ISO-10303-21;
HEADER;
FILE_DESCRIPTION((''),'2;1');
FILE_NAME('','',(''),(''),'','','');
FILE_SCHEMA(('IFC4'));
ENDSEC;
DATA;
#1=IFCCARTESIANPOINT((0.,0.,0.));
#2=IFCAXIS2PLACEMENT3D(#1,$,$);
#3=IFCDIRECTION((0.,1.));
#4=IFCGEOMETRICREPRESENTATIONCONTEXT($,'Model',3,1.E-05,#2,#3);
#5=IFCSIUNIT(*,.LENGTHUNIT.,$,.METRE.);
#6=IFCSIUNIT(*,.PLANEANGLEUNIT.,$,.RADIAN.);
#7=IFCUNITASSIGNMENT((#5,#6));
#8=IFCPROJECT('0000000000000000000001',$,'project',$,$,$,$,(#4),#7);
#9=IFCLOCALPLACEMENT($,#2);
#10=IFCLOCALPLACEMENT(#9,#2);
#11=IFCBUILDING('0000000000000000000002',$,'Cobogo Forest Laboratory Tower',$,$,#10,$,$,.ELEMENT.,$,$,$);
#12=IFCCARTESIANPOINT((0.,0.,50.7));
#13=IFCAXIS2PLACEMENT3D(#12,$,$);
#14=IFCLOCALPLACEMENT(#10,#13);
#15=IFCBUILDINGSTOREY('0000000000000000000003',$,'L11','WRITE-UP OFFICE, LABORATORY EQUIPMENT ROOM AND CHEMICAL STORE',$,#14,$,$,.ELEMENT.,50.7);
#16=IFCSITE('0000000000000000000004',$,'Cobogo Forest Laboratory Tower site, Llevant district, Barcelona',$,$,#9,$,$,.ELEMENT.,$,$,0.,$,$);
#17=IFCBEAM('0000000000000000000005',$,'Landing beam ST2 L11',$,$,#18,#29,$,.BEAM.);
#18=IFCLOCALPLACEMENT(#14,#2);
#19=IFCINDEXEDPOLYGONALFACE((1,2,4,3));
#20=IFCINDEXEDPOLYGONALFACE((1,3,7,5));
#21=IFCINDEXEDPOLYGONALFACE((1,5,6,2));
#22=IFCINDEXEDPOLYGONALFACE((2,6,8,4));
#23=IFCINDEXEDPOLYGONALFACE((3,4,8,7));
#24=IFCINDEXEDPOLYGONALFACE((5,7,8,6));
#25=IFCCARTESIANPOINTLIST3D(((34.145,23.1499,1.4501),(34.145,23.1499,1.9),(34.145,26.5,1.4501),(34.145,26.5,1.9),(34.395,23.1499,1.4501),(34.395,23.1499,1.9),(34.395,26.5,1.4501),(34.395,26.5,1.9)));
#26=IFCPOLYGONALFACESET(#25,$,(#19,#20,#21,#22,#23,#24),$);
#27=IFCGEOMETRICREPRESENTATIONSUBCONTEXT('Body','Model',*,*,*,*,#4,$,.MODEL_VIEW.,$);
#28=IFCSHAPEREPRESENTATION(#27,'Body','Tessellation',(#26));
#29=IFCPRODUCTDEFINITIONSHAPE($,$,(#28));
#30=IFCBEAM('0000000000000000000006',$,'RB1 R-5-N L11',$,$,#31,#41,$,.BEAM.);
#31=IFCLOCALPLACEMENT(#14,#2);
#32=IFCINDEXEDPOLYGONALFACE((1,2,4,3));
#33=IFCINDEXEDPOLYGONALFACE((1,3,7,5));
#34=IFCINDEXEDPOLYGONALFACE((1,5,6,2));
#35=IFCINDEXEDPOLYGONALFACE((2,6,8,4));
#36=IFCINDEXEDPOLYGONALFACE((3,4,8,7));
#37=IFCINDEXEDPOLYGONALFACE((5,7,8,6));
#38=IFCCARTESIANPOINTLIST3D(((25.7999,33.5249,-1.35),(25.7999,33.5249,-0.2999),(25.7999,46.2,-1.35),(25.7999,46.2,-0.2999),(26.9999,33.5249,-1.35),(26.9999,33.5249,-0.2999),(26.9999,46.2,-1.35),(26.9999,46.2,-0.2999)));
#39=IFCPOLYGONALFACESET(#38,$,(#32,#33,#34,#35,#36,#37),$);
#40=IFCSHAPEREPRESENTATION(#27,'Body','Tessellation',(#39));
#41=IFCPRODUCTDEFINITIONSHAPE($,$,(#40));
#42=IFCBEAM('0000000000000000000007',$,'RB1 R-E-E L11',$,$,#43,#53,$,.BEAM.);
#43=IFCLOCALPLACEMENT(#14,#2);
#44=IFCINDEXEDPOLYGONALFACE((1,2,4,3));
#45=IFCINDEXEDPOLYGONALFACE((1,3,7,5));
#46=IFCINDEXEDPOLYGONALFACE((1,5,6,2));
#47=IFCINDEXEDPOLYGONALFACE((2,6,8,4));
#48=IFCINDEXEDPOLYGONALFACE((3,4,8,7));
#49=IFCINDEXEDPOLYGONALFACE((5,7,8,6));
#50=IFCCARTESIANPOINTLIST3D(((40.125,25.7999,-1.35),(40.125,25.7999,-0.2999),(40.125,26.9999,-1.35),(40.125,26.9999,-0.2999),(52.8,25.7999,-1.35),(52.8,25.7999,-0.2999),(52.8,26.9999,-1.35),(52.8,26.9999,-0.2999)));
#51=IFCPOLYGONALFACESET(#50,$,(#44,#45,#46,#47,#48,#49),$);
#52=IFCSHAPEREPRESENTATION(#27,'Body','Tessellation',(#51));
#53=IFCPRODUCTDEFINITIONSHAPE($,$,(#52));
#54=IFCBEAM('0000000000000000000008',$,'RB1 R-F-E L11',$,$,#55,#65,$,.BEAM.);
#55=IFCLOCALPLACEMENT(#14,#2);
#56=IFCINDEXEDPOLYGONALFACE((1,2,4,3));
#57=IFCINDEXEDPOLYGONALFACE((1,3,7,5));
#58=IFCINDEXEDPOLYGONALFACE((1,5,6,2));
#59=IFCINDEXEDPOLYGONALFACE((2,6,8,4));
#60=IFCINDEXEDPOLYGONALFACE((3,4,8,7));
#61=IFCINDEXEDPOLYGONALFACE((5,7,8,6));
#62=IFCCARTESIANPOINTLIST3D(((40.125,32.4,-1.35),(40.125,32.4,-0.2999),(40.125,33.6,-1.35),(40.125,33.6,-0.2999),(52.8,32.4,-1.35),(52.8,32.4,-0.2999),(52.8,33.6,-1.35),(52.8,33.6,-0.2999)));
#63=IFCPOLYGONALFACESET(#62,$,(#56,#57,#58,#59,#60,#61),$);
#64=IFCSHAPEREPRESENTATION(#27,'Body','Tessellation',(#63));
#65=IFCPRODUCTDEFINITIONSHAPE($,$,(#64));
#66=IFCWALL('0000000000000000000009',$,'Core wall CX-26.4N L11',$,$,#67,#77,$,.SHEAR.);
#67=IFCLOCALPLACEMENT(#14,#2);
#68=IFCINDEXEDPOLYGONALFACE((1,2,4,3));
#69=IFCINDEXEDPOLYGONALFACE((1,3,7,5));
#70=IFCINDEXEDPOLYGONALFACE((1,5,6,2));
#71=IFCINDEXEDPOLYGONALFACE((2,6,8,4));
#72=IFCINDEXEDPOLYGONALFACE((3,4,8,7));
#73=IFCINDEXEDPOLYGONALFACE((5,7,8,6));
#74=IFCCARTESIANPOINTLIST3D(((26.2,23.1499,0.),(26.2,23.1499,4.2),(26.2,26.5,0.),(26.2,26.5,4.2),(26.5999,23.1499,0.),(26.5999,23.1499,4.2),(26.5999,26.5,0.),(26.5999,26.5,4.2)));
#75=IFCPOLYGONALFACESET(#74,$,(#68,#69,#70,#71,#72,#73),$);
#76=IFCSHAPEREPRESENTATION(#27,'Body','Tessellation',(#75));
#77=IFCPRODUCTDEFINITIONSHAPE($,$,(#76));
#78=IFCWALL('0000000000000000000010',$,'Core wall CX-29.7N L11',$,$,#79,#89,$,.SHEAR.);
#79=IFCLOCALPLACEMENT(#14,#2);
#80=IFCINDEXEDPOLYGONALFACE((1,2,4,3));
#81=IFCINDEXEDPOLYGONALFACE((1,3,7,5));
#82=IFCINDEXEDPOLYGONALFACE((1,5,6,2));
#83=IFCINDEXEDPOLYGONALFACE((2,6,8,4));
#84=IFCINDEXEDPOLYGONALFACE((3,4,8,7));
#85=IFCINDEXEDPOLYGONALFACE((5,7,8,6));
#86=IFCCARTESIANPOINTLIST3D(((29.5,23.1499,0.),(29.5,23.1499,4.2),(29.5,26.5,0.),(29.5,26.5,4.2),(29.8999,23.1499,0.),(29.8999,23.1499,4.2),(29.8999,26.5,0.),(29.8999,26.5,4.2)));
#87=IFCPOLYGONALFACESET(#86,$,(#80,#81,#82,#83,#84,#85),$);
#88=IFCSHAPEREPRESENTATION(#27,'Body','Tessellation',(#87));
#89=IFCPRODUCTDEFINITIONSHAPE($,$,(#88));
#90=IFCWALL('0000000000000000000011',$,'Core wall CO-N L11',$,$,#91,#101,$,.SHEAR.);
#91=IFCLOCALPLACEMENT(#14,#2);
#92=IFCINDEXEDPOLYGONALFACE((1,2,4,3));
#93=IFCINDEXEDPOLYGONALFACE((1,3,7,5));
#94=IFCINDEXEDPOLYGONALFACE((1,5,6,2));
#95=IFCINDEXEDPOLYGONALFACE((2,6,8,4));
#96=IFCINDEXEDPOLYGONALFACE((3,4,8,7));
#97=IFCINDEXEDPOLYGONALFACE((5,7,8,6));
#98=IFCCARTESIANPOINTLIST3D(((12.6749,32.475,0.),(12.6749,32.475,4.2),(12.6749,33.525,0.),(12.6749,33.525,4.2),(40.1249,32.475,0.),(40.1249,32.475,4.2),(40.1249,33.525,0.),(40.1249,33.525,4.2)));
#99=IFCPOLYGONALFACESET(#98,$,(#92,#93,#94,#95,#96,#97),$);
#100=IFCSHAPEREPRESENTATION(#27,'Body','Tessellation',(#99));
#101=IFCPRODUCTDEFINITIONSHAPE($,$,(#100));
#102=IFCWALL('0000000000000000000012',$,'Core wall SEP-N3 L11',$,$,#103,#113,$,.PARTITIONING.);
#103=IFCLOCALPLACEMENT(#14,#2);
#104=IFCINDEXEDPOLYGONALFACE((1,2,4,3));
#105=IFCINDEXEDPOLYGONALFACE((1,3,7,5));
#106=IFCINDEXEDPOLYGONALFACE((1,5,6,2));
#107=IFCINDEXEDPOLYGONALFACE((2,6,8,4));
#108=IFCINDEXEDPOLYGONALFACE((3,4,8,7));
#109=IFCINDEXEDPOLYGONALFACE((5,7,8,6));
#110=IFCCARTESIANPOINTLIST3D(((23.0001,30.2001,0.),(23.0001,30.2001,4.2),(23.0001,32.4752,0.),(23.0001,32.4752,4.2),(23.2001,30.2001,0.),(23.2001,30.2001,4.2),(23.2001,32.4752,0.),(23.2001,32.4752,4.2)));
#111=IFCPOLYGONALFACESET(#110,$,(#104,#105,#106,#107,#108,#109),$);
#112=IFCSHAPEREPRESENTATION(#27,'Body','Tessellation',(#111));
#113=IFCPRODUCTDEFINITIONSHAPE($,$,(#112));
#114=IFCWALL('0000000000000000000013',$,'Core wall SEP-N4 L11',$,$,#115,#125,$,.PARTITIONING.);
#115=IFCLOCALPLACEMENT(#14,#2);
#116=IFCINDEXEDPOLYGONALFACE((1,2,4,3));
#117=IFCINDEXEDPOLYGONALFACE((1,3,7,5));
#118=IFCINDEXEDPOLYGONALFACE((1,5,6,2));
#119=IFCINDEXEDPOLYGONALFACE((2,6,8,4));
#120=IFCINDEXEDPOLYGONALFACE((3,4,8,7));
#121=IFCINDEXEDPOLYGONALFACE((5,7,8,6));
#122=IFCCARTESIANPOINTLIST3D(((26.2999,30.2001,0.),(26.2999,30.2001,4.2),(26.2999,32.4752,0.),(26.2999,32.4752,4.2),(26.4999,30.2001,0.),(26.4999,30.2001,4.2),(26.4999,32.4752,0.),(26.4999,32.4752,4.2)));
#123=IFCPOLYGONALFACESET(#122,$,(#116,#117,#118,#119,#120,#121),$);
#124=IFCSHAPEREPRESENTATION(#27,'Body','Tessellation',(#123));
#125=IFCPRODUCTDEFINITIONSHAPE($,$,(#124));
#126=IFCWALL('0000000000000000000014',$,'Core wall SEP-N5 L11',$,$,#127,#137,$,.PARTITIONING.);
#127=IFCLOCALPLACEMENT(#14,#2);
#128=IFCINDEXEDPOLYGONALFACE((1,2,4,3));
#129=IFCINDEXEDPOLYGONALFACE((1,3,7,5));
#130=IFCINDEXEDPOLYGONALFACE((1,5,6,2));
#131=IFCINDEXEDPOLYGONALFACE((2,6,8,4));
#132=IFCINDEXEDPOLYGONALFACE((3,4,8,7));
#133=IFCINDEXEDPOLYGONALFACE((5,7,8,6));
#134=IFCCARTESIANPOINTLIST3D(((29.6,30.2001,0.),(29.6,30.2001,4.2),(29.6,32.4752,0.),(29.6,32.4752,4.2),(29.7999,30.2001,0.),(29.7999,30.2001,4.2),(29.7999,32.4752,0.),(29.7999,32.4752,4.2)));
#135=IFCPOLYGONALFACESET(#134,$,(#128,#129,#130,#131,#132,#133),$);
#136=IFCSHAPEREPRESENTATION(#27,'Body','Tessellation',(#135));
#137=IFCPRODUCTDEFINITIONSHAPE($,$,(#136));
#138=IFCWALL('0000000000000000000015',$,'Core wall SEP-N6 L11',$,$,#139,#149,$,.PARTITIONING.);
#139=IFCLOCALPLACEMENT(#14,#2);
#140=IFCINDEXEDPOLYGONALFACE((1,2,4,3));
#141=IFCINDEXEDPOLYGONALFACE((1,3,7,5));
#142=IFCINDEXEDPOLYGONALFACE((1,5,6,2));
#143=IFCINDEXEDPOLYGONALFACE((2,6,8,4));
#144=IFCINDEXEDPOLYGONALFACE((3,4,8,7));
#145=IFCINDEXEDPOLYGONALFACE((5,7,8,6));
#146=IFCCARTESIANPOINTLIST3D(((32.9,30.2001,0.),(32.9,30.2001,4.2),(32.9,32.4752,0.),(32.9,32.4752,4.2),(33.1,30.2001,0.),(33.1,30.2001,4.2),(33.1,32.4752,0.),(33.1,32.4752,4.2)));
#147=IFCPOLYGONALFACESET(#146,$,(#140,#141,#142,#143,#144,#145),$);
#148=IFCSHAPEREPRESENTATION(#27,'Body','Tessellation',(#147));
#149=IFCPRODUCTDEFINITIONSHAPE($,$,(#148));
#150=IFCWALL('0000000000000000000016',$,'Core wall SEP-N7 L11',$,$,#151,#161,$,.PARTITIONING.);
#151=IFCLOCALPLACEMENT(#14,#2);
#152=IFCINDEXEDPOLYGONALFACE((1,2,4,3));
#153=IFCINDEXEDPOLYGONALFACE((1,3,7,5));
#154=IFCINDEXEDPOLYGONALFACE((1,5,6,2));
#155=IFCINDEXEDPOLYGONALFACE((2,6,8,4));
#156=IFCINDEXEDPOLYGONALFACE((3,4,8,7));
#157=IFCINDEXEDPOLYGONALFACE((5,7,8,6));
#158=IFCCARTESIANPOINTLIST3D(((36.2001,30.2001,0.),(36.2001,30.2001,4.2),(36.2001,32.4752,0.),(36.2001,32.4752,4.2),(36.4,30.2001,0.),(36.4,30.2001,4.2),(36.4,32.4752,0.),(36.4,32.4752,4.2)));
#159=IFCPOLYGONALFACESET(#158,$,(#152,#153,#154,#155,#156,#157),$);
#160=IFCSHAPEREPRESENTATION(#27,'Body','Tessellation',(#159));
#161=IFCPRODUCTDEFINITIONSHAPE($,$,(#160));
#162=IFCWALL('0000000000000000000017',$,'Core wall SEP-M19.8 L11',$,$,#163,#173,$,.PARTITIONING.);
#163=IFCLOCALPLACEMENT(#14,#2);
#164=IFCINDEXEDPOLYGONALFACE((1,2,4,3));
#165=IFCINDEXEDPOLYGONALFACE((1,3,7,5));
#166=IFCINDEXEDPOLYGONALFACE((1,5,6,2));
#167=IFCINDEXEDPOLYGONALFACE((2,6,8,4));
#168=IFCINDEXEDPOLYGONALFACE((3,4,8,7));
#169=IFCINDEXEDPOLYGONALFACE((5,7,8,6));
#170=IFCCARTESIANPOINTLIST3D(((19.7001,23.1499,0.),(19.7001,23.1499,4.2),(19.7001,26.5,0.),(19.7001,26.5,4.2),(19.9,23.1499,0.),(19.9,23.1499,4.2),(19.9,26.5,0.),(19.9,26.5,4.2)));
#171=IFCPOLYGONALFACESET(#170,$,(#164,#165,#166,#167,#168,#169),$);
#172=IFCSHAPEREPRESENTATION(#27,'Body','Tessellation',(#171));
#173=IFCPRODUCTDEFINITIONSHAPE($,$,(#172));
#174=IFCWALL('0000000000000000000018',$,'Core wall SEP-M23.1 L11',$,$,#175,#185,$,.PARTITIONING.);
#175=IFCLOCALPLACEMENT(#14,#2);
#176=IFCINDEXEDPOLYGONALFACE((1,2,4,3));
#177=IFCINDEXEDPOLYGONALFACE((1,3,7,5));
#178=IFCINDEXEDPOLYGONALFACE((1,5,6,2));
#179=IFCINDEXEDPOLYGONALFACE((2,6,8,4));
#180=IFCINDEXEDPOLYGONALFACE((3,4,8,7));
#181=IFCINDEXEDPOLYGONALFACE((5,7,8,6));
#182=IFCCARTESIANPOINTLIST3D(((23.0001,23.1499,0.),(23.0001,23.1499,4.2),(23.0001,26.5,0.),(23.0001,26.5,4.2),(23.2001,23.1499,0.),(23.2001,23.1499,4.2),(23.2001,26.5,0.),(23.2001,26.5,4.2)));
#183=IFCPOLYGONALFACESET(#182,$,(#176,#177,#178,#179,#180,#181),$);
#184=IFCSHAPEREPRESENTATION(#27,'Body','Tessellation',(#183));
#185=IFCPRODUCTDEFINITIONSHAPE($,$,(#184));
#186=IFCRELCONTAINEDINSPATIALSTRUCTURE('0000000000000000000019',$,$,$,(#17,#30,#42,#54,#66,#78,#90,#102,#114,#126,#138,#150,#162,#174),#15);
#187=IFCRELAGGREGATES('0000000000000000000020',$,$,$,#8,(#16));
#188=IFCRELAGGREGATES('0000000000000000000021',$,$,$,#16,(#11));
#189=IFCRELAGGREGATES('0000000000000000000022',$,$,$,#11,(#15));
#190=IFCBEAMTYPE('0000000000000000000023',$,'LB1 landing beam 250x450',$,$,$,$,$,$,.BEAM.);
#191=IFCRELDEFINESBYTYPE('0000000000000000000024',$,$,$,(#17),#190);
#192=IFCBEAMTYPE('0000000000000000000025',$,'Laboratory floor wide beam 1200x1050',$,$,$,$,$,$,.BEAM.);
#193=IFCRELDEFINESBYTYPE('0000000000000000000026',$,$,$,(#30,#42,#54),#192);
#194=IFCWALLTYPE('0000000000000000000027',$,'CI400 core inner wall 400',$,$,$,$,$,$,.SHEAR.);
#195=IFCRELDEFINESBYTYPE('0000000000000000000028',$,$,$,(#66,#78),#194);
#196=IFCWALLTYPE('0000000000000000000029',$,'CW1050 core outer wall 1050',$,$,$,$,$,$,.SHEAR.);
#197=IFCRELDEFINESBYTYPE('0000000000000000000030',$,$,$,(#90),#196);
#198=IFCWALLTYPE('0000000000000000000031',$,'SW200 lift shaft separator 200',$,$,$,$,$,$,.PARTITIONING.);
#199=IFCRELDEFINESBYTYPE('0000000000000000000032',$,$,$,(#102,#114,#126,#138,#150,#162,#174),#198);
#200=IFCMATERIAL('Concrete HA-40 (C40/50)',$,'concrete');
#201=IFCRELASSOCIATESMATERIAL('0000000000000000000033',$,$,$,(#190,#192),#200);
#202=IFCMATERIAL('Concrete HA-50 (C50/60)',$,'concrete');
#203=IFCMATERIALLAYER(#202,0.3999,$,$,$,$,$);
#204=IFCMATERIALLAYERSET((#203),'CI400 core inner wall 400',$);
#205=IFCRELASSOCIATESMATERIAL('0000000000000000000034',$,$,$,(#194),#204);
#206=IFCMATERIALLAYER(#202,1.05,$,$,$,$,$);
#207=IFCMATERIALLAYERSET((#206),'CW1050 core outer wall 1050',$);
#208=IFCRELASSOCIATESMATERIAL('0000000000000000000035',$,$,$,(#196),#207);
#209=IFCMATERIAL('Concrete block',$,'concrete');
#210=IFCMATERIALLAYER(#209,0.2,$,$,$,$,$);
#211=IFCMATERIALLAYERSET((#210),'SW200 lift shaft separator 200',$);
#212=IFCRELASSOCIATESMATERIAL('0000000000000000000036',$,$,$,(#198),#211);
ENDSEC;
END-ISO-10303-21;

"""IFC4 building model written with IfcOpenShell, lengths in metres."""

from ifc_helpers import new_model, si_unit, direction, frame, frame_2d, origin, origin_2d, place, context, subcontext, project, spatial, rectangle, extrude, material, layer, layer_set, material_profile, profile_set, type_object, element, save


model = new_model("IFC4")

# Units and contexts
model_context = context("Model", 3, precision=1e-05, world=origin(), true_north=direction((0.0, 1.0)))
body_context = subcontext(model_context, "Body", "Model", "MODEL_VIEW")
ifc_project = project(units=[si_unit("LENGTHUNIT", "METRE"), si_unit("PLANEANGLEUNIT", "RADIAN")], contexts=[model_context])

# Site, building, storey
site_placement = place(None, origin())
site = spatial("IfcSite", under=ifc_project, at=site_placement, Name="Cobogo Forest Laboratory Tower site, Llevant district, Barcelona", CompositionType="ELEMENT", RefElevation=0.0)
building_placement = place(site_placement, origin())
building = spatial("IfcBuilding", under=site, at=building_placement, Name="Cobogo Forest Laboratory Tower", CompositionType="ELEMENT")
storey_placement = place(building_placement, frame((0.0, 0.0, 50.7)))
storey = spatial("IfcBuildingStorey", under=building, at=storey_placement, Name="L11", Description="WRITE-UP OFFICE, LABORATORY EQUIPMENT ROOM AND CHEMICAL STORE", CompositionType="ELEMENT", Elevation=50.7)

# Beams
ifc_material_1 = material(Name="Concrete HA-40 (C40/50)", Category="concrete")
ifc_material_profile_1 = material_profile(ifc_material_1, rectangle(XDim=0.25, YDim=0.45, at=origin_2d()), Name="RC 250x450")
ifc_profile_set_1 = profile_set([ifc_material_profile_1], Name="Concrete HA-40 (C40/50)")
beam_type_1 = type_object("IfcBeamType", Name="LB1 landing beam 250x450", PredefinedType="BEAM", material=ifc_profile_set_1)
beam_placement = place(storey_placement, frame((34.27, 23.1499, 1.675), z_axis=(0.0, 1.0, 0.0), x_axis=(-1.0, 0.0, 0.0)))
element("IfcBeam", 1, at=beam_placement, inside=storey, type_object=beam_type_1, Name="Landing beam ST2 L11", PredefinedType="BEAM", context=body_context, shape_type="SweptSolid", body=[
    extrude(rectangle(XDim=0.25, YDim=0.45, at=origin_2d()), origin(), (0.0, 0.0, 1.0), 3.3501),
])
ifc_material_profile_2 = material_profile(ifc_material_1, rectangle(XDim=1.2, YDim=1.05, at=origin_2d()), Name="RC 1200x1050")
ifc_profile_set_2 = profile_set([ifc_material_profile_2], Name="Concrete HA-40 (C40/50)")
beam_type_2 = type_object("IfcBeamType", Name="Laboratory floor wide beam 1200x1050", PredefinedType="BEAM", material=ifc_profile_set_2)
for number, where, z_axis, x_axis, name in (
    (2, (26.3999, 33.5249, -0.825), (0.0, 1.0, 0.0), (-1.0, 0.0, 0.0), "RB1 R-5-N L11"),
    (3, (40.125, 26.3999, -0.825), (1.0, 0.0, 0.0), (0.0, 1.0, 0.0), "RB1 R-E-E L11"),
    (4, (40.125, 33.0, -0.825), (1.0, 0.0, 0.0), (0.0, 1.0, 0.0), "RB1 R-F-E L11"),
):
    element("IfcBeam", number, at=place(storey_placement, frame(where, z_axis=z_axis, x_axis=x_axis)), inside=storey, type_object=beam_type_2, Name=name, PredefinedType="BEAM", context=body_context, shape_type="SweptSolid", body=[
        extrude(rectangle(XDim=1.2, YDim=1.05, at=origin_2d()), origin(), (0.0, 0.0, 1.0), 12.675),
    ])

# Walls
ifc_material_2 = material(Name="Concrete HA-50 (C50/60)", Category="concrete")
ifc_layer_1 = layer(ifc_material_2, 0.3999)
ifc_layer_set_1 = layer_set([ifc_layer_1], Name="CI400 core inner wall 400")
wall_type_1 = type_object("IfcWallType", Name="CI400 core inner wall 400", PredefinedType="SHEAR", material=ifc_layer_set_1)
for number, where, z_axis, x_axis, name in (
    (5, (26.3999, 23.1499, 0.0), (0.0, 0.0, 1.0), (0.0, 1.0, 0.0), "Core wall CX-26.4N L11"),
    (6, (29.7, 23.1499, 0.0), (0.0, 0.0, 1.0), (0.0, 1.0, 0.0), "Core wall CX-29.7N L11"),
):
    element("IfcWall", number, at=place(storey_placement, frame(where, z_axis=z_axis, x_axis=x_axis)), inside=storey, type_object=wall_type_1, Name=name, PredefinedType="SHEAR", context=body_context, shape_type="SweptSolid", body=[
        extrude(rectangle(XDim=3.3501, YDim=0.3999, at=frame_2d((1.675, 0.0))), origin(), (0.0, 0.0, 1.0), 4.2),
    ])
ifc_layer_2 = layer(ifc_material_2, 1.05)
ifc_layer_set_2 = layer_set([ifc_layer_2], Name="CW1050 core outer wall 1050")
wall_type_2 = type_object("IfcWallType", Name="CW1050 core outer wall 1050", PredefinedType="SHEAR", material=ifc_layer_set_2)
wall_placement = place(storey_placement, frame((40.125, 33.0, 0.0), z_axis=(0.0, 0.0, 1.0), x_axis=(-1.0, 0.0, 0.0)))
element("IfcWall", 7, at=wall_placement, inside=storey, type_object=wall_type_2, Name="Core wall CO-N L11", PredefinedType="SHEAR", context=body_context, shape_type="SweptSolid", body=[
    extrude(rectangle(XDim=27.45, YDim=1.05, at=frame_2d((13.7251, 0.0))), origin(), (0.0, 0.0, 1.0), 4.2),
])
ifc_material_3 = material(Name="Concrete block", Category="concrete")
ifc_layer_3 = layer(ifc_material_3, 0.2)
ifc_layer_set_3 = layer_set([ifc_layer_3], Name="SW200 lift shaft separator 200")
wall_type_3 = type_object("IfcWallType", Name="SW200 lift shaft separator 200", PredefinedType="PARTITIONING", material=ifc_layer_set_3)
for number, where, z_axis, x_axis, name in (
    (8, (23.1001, 30.2, 0.0), (0.0, 0.0, 1.0), (0.0, 1.0, 0.0), "Core wall SEP-N3 L11"),
    (9, (26.3999, 30.2, 0.0), (0.0, 0.0, 1.0), (0.0, 1.0, 0.0), "Core wall SEP-N4 L11"),
    (10, (29.7, 30.2, 0.0), (0.0, 0.0, 1.0), (0.0, 1.0, 0.0), "Core wall SEP-N5 L11"),
    (11, (33.0, 30.2, 0.0), (0.0, 0.0, 1.0), (0.0, 1.0, 0.0), "Core wall SEP-N6 L11"),
    (12, (36.3, 30.2, 0.0), (0.0, 0.0, 1.0), (0.0, 1.0, 0.0), "Core wall SEP-N7 L11"),
):
    element("IfcWall", number, at=place(storey_placement, frame(where, z_axis=z_axis, x_axis=x_axis)), inside=storey, type_object=wall_type_3, Name=name, PredefinedType="PARTITIONING", context=body_context, shape_type="SweptSolid", body=[
        extrude(rectangle(XDim=2.2751, YDim=0.2, at=frame_2d((1.1377, 0.0))), origin(), (0.0, 0.0, 1.0), 4.2),
    ])
for number, where, z_axis, x_axis, name in (
    (13, (19.8, 23.1499, 0.0), (0.0, 0.0, 1.0), (0.0, 1.0, 0.0), "Core wall SEP-M19.8 L11"),
    (14, (23.1001, 23.1499, 0.0), (0.0, 0.0, 1.0), (0.0, 1.0, 0.0), "Core wall SEP-M23.1 L11"),
):
    element("IfcWall", number, at=place(storey_placement, frame(where, z_axis=z_axis, x_axis=x_axis)), inside=storey, type_object=wall_type_3, Name=name, PredefinedType="PARTITIONING", context=body_context, shape_type="SweptSolid", body=[
        extrude(rectangle(XDim=3.3501, YDim=0.2, at=frame_2d((1.675, 0.0))), origin(), (0.0, 0.0, 1.0), 4.2),
    ])

save(model, "model.ifc")
